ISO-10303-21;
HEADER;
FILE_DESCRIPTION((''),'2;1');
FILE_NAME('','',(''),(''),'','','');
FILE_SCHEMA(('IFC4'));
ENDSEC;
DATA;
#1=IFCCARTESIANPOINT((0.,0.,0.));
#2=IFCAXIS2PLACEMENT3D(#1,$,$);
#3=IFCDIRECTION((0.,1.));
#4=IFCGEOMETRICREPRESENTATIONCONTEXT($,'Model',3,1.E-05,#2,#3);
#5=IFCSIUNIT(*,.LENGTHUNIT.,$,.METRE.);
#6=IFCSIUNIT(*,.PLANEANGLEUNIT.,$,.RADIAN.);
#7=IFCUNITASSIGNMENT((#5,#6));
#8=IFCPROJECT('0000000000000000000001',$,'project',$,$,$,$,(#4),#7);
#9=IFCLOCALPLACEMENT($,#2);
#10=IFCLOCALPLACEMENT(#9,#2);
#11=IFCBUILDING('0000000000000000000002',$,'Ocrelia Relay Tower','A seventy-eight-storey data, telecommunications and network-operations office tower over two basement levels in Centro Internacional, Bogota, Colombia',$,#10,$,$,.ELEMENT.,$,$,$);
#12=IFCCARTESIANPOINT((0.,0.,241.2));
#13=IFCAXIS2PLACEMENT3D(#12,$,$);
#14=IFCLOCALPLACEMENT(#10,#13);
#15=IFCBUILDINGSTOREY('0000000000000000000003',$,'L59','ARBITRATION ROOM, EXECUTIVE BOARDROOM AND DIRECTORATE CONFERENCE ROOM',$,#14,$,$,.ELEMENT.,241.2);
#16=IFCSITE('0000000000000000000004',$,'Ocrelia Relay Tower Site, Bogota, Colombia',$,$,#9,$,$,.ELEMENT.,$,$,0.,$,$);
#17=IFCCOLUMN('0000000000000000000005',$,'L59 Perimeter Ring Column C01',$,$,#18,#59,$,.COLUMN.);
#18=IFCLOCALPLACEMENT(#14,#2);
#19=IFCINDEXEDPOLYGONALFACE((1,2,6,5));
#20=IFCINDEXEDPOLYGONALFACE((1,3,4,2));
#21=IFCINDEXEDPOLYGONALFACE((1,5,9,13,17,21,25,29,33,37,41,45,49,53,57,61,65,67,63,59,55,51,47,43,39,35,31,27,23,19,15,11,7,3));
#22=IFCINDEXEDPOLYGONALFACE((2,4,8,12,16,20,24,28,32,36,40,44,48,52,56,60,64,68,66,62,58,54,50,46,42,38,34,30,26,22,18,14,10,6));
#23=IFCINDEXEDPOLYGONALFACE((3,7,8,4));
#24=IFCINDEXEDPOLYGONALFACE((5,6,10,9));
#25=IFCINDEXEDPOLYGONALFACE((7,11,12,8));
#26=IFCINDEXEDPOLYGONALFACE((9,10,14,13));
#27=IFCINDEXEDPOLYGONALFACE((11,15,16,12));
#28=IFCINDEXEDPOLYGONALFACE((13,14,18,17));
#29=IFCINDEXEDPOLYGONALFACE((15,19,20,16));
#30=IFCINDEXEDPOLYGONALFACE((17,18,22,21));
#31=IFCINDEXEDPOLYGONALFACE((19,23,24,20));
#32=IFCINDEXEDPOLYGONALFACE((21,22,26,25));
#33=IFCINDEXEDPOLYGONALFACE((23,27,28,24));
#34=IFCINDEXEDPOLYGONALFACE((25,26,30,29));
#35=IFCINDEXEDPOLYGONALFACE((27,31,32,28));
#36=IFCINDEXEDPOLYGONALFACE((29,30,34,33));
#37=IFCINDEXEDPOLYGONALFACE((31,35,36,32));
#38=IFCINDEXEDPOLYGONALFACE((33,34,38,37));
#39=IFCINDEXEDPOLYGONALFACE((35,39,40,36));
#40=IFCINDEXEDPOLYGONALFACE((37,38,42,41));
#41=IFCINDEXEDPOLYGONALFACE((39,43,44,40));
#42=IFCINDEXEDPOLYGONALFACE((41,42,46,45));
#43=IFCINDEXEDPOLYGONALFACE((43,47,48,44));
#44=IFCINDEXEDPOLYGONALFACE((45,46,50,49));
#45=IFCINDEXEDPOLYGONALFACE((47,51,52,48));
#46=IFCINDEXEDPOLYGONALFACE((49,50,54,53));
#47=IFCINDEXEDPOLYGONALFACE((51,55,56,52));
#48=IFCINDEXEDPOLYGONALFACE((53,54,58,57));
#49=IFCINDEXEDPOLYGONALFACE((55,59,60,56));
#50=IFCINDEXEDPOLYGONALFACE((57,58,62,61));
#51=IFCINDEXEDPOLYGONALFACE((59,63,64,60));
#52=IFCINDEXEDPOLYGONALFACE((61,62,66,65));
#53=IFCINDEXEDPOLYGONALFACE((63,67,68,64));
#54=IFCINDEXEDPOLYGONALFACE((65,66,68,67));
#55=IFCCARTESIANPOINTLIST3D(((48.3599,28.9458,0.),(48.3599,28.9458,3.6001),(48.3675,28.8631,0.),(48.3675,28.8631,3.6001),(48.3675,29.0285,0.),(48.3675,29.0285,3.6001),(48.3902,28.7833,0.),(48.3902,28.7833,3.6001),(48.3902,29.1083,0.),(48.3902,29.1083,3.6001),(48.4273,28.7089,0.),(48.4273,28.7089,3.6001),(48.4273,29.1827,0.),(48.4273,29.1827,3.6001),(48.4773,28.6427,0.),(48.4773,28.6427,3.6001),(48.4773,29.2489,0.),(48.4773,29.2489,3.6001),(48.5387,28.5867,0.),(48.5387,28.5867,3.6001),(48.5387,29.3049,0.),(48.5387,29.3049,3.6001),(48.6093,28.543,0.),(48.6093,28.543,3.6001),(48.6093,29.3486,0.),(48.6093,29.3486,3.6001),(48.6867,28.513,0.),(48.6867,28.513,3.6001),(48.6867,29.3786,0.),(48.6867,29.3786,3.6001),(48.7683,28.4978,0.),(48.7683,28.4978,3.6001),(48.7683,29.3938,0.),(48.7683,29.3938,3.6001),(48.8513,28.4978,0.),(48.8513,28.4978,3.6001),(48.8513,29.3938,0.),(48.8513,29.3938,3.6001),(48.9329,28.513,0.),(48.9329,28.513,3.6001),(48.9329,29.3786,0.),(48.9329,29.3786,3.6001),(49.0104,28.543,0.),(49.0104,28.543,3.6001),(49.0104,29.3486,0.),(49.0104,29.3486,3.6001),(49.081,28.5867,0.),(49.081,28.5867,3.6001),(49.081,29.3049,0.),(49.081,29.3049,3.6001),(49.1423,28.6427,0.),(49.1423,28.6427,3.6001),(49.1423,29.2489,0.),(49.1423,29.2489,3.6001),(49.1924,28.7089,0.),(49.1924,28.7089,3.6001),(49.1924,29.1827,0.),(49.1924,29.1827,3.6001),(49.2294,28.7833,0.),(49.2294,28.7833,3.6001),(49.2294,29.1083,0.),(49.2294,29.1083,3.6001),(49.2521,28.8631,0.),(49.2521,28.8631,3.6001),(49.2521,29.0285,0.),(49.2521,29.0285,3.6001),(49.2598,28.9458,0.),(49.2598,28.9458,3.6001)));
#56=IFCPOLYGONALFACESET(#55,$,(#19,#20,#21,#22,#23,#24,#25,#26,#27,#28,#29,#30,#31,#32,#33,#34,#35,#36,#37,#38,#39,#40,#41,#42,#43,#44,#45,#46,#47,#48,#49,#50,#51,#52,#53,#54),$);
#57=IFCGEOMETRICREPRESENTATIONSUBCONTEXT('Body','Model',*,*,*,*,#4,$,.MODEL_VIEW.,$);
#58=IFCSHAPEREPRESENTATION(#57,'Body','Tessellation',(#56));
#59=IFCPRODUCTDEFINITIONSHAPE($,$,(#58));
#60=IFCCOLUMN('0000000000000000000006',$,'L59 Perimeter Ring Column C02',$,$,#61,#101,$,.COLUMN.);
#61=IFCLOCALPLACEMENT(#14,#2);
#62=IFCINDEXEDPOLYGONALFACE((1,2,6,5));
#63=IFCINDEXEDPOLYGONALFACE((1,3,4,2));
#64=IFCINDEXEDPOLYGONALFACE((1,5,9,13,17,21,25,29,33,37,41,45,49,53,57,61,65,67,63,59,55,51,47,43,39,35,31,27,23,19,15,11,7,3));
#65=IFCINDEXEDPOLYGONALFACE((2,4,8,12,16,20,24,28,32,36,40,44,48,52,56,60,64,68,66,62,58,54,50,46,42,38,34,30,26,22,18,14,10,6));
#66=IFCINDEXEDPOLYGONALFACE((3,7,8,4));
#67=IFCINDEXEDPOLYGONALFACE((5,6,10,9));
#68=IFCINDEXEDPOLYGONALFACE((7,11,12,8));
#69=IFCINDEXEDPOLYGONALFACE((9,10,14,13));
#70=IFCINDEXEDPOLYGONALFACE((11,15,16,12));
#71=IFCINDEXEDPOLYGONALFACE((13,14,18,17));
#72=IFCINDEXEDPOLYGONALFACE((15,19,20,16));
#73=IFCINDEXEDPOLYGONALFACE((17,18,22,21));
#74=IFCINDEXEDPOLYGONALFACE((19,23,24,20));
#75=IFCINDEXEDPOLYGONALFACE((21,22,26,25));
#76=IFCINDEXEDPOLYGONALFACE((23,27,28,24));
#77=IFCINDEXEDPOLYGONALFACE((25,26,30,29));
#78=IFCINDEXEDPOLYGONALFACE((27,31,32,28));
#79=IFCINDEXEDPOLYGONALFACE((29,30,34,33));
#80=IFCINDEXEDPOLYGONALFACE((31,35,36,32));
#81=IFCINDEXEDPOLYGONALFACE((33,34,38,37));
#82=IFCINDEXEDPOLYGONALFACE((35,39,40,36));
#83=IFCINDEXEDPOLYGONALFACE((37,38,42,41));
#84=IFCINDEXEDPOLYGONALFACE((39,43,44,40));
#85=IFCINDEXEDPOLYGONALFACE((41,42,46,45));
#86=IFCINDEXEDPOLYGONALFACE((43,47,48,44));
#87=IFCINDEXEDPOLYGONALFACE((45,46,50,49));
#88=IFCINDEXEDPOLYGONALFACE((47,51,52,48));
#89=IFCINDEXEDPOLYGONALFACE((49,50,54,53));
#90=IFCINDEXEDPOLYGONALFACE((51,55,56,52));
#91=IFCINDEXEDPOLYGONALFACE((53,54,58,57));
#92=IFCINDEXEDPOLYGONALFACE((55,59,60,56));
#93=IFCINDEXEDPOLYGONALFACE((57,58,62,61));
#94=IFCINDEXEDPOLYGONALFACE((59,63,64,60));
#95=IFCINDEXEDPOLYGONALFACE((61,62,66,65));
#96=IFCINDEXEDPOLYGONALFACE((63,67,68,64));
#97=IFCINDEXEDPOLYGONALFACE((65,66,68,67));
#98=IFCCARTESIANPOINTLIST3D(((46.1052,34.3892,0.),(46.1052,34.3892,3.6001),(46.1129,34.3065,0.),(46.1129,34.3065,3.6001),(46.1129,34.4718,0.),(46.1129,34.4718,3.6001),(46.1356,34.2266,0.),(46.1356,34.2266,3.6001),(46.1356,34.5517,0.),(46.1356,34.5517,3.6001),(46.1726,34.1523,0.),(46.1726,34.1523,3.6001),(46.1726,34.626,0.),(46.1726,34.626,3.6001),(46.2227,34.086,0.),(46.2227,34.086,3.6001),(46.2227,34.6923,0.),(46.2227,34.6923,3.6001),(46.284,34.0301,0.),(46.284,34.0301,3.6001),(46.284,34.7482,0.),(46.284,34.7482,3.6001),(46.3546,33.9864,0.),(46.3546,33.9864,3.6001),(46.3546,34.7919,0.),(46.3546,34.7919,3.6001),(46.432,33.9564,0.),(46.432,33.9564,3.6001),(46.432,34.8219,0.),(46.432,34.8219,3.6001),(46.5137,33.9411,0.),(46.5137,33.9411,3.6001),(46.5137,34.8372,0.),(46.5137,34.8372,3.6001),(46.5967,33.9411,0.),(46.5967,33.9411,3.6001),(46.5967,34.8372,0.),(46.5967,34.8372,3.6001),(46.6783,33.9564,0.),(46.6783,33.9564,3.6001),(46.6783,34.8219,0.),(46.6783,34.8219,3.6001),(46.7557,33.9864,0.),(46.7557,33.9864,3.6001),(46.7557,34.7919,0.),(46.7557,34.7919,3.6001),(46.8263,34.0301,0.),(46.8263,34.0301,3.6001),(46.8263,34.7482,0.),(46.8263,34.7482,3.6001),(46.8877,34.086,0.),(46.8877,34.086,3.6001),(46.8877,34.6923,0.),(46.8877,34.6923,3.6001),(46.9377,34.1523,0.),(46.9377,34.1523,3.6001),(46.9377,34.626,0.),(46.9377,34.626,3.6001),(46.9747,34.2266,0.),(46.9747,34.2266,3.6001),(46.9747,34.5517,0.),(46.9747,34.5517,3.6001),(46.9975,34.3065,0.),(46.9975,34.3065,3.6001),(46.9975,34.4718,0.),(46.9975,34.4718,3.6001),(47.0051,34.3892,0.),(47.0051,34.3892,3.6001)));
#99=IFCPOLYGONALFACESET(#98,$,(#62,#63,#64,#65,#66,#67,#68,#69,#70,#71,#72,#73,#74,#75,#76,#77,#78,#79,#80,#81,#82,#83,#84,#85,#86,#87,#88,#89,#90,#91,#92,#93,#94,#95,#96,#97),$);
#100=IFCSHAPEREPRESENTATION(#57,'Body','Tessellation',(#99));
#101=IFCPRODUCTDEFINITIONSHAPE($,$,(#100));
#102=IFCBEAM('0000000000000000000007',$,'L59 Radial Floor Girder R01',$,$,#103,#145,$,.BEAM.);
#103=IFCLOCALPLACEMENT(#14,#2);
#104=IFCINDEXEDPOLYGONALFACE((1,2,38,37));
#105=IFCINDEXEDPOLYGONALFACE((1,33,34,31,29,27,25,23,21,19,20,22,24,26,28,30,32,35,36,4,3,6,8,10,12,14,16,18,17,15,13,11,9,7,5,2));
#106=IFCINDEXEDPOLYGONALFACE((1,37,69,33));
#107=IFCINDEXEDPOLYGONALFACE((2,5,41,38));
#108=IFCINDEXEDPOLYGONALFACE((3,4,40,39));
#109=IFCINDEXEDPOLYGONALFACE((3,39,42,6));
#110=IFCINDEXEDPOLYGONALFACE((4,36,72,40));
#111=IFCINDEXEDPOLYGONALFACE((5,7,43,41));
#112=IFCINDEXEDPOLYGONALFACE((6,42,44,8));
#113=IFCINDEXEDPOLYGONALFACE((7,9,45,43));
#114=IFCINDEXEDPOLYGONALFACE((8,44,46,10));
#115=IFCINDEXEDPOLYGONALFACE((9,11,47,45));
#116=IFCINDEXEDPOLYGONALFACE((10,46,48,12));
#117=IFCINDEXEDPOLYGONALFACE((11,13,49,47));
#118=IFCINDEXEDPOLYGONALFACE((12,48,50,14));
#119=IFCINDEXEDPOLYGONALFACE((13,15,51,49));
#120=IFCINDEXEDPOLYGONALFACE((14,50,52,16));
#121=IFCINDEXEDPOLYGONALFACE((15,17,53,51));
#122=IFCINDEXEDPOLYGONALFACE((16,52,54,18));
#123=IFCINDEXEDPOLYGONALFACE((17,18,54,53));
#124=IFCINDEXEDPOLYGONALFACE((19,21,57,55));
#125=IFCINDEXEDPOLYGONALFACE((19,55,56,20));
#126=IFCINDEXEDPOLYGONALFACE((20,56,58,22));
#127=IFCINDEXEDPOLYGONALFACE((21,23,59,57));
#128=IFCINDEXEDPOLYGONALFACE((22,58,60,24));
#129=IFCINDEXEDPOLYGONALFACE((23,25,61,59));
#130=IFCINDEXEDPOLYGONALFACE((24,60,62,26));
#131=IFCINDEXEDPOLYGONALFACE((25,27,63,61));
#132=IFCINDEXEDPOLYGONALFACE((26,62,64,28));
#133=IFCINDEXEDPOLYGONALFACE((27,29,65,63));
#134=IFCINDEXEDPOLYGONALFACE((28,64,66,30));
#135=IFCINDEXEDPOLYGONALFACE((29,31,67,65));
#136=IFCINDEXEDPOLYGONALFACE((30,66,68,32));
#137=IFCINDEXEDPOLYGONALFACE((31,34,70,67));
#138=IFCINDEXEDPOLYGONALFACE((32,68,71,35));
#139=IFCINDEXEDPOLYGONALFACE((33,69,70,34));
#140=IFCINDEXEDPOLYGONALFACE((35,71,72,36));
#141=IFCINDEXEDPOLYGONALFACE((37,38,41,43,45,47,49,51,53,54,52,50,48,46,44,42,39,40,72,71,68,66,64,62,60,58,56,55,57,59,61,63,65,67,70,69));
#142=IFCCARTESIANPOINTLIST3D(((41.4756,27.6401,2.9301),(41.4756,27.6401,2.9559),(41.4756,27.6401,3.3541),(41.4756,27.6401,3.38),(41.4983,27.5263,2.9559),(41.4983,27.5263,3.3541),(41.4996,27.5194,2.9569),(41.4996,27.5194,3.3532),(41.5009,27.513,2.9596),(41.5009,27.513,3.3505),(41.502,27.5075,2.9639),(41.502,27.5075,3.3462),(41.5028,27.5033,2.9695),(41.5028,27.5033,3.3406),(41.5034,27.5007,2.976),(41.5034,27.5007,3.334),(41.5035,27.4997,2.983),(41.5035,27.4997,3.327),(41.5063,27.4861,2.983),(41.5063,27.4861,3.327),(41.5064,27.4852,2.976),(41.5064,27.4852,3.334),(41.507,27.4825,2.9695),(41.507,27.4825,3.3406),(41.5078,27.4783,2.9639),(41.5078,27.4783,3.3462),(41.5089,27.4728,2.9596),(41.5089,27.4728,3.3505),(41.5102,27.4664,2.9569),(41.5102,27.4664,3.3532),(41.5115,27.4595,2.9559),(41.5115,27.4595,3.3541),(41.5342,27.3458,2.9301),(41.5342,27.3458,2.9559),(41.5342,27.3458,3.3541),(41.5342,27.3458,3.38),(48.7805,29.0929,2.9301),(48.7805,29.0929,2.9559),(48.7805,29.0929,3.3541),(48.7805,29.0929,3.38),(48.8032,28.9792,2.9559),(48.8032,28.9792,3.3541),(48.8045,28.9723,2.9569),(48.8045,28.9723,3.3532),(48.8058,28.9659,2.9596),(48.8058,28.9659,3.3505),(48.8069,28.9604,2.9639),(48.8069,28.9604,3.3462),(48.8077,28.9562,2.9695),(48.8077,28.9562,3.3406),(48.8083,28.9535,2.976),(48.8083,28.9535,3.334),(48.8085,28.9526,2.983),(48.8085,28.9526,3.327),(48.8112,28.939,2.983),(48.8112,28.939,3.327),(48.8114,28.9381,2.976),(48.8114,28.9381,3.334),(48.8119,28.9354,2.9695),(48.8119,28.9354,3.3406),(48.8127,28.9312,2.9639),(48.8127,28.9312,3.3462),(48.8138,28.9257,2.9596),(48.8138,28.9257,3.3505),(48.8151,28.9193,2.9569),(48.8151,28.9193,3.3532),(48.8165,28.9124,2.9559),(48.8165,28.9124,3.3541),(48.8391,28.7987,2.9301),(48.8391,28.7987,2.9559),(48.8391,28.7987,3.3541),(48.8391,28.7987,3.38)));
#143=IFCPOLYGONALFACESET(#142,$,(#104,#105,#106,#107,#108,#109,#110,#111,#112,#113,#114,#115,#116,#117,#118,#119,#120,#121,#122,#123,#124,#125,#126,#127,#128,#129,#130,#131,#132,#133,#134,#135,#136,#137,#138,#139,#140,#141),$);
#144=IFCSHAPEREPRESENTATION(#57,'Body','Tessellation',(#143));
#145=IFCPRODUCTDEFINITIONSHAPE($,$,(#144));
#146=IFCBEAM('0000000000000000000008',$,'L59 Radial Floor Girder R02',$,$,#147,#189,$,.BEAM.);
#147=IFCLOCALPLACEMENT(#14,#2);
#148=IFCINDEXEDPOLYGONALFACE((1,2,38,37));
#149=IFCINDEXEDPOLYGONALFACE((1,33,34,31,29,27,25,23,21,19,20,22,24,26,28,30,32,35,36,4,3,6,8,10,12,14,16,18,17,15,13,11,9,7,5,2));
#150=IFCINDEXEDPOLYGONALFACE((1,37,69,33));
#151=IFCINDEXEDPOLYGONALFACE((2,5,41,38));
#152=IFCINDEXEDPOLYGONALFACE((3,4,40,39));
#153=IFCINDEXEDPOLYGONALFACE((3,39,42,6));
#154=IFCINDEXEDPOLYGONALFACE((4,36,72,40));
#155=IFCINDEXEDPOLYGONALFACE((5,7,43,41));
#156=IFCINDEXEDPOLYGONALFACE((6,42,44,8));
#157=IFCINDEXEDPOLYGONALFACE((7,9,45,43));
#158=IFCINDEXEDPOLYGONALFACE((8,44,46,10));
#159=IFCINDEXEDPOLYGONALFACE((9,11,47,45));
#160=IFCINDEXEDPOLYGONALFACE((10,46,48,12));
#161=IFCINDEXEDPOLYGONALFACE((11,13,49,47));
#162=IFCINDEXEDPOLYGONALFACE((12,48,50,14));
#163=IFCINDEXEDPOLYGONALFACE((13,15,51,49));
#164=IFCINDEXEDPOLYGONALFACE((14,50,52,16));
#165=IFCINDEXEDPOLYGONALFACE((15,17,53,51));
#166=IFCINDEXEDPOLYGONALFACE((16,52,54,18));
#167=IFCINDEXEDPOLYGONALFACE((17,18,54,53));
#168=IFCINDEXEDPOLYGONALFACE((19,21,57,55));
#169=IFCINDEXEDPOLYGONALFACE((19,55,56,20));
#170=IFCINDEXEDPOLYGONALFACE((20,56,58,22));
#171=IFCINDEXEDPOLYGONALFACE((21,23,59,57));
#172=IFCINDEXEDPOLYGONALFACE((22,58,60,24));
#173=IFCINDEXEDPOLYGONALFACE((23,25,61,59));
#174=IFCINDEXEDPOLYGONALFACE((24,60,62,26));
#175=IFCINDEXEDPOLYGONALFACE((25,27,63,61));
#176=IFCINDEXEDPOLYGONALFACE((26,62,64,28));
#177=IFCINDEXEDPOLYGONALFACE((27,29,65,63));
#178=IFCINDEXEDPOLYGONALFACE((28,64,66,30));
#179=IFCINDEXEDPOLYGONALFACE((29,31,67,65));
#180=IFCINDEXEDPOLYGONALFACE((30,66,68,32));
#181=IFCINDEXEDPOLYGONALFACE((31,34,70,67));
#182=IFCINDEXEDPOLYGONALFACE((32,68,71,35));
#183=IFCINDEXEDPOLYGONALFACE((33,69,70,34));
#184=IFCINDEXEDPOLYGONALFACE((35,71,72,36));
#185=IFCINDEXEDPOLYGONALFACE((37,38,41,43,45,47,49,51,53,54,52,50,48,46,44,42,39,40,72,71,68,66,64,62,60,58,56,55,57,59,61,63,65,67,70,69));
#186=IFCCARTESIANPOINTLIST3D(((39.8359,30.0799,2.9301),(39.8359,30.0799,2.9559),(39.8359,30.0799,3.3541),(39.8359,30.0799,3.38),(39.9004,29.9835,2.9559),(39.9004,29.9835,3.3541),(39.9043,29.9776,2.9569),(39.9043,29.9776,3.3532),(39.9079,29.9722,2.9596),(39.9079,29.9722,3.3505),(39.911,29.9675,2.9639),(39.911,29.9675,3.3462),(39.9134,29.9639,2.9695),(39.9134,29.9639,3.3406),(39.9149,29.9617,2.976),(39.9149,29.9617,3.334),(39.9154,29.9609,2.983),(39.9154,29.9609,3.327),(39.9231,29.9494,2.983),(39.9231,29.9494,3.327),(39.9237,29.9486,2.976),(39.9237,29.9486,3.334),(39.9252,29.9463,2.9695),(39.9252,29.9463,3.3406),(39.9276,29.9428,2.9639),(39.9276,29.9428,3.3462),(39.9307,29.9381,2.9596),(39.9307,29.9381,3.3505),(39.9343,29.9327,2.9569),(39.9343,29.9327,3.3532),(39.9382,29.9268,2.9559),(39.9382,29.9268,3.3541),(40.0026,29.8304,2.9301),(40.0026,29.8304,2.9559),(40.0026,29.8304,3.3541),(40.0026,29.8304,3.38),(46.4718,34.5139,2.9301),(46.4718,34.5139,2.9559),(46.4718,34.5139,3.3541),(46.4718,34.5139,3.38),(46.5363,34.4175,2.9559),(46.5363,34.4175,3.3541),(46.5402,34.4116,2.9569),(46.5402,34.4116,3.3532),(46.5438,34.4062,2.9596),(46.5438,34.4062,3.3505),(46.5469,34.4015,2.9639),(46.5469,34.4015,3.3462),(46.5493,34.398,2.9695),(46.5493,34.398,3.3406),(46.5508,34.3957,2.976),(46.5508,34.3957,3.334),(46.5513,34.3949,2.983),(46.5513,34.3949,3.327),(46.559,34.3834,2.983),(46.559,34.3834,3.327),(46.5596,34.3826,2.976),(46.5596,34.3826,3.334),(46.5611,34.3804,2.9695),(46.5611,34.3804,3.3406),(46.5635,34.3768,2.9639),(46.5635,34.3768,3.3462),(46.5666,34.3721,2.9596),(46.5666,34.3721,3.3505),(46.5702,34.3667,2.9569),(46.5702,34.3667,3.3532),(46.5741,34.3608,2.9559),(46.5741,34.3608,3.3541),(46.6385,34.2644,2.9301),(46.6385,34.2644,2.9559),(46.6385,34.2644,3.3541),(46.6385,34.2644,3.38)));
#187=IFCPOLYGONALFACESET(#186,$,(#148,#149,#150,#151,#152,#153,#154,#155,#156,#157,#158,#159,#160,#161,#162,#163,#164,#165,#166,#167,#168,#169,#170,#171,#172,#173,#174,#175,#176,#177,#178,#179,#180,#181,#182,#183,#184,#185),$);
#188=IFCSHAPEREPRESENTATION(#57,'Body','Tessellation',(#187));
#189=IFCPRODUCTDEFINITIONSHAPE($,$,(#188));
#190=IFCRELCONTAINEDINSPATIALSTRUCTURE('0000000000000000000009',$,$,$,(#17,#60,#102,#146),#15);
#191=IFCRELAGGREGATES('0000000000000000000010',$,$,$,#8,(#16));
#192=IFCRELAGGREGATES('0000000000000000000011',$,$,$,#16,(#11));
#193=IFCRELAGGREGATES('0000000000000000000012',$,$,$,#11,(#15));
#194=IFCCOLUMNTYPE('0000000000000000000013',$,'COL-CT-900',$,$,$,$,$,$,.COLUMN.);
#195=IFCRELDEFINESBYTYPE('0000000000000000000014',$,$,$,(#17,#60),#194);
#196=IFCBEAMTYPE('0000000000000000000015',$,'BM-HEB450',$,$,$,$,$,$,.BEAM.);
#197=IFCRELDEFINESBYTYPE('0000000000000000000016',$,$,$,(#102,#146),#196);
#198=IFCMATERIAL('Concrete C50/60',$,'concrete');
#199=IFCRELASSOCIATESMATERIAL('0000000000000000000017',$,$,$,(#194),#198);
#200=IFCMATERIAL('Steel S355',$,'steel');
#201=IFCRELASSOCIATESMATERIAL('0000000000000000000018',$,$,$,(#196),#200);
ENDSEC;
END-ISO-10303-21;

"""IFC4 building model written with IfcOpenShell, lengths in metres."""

from ifc_helpers import new_model, si_unit, direction, frame, origin, origin_2d, place, context, subcontext, project, spatial, circle, i_section, extrude, material, material_profile, profile_set, type_object, element, save


model = new_model("IFC4")

# Units and contexts
model_context = context("Model", 3, precision=1e-05, world=origin(), true_north=direction((0.0, 1.0)))
body_context = subcontext(model_context, "Body", "Model", "MODEL_VIEW")
ifc_project = project(units=[si_unit("LENGTHUNIT", "METRE"), si_unit("PLANEANGLEUNIT", "RADIAN")], contexts=[model_context])

# Site, building, storey
site_placement = place(None, origin())
site = spatial("IfcSite", under=ifc_project, at=site_placement, Name="Ocrelia Relay Tower Site, Bogota, Colombia", CompositionType="ELEMENT", RefElevation=0.0)
building_placement = place(site_placement, origin())
building = spatial("IfcBuilding", under=site, at=building_placement, Name="Ocrelia Relay Tower", Description="A seventy-eight-storey data, telecommunications and network-operations office tower over two basement levels in Centro Internacional, Bogota, Colombia", CompositionType="ELEMENT")
storey_placement = place(building_placement, frame((0.0, 0.0, 241.2)))
storey = spatial("IfcBuildingStorey", under=building, at=storey_placement, Name="L59", Description="ARBITRATION ROOM, EXECUTIVE BOARDROOM AND DIRECTORATE CONFERENCE ROOM", CompositionType="ELEMENT", Elevation=241.2)

# Columns
ifc_material_1 = material(Name="Concrete C50/60", Category="concrete")
ifc_material_profile_1 = material_profile(ifc_material_1, circle(Radius=0.45, at=origin_2d()), Name="RC-CIR-900")
ifc_profile_set_1 = profile_set([ifc_material_profile_1], Name="Concrete C50/60")
column_type = type_object("IfcColumnType", Name="COL-CT-900", PredefinedType="COLUMN", material=ifc_profile_set_1)
for number, where, z_axis, x_axis, name in (
    (1, (48.8098, 28.9458, 0.0), (0.0, 0.0, 1.0), (1.0, 0.0, 0.0), "L59 Perimeter Ring Column C01"),
    (2, (46.5552, 34.3892, 0.0), (0.0, 0.0, 1.0), (1.0, 0.0, 0.0), "L59 Perimeter Ring Column C02"),
):
    element("IfcColumn", number, at=place(storey_placement, frame(where, z_axis=z_axis, x_axis=x_axis)), inside=storey, type_object=column_type, Name=name, PredefinedType="COLUMN", context=body_context, shape_type="SweptSolid", body=[
        extrude(circle(Radius=0.45, at=origin_2d()), origin(), (0.0, 0.0, 1.0), 3.6001),
    ])

# Beams
ifc_material_2 = material(Name="Steel S355", Category="steel")
ifc_material_profile_2 = material_profile(ifc_material_2, i_section(OverallWidth=0.3, OverallDepth=0.45, WebThickness=0.0139, FlangeThickness=0.0259, FilletRadius=0.0271, at=origin_2d()), Name="HEB 450")
ifc_profile_set_2 = profile_set([ifc_material_profile_2], Name="Steel S355")
beam_type_1 = type_object("IfcBeamType", Name="BM-HEB450", PredefinedType="BEAM", material=ifc_profile_set_2)
beam_1_placement = place(storey_placement, frame((48.8098, 28.9458, 3.155), z_axis=(-0.980789, -0.19507, 0.0), x_axis=(0.19507, -0.980789, 0.0)))
element("IfcBeam", 3, at=beam_1_placement, inside=storey, type_object=beam_type_1, Name="L59 Radial Floor Girder R01", PredefinedType="BEAM", context=body_context, shape_type="SweptSolid", body=[
    extrude(i_section(OverallWidth=0.3, OverallDepth=0.45, WebThickness=0.0139, FlangeThickness=0.0259, FilletRadius=0.0271, at=origin_2d()), origin(), (0.0, 0.0, 1.0), 7.448),
])
beam_2_placement = place(storey_placement, frame((46.5552, 34.3892, 3.155), z_axis=(-0.831466, -0.555575, 0.0), x_axis=(0.555575, -0.831466, 0.0)))
element("IfcBeam", 4, at=beam_2_placement, inside=storey, type_object=beam_type_1, Name="L59 Radial Floor Girder R02", PredefinedType="BEAM", context=body_context, shape_type="SweptSolid", body=[
    extrude(i_section(OverallWidth=0.3, OverallDepth=0.45, WebThickness=0.0139, FlangeThickness=0.0259, FilletRadius=0.0271, at=origin_2d()), origin(), (0.0, 0.0, 1.0), 7.981),
])

save(model, "model.ifc")
